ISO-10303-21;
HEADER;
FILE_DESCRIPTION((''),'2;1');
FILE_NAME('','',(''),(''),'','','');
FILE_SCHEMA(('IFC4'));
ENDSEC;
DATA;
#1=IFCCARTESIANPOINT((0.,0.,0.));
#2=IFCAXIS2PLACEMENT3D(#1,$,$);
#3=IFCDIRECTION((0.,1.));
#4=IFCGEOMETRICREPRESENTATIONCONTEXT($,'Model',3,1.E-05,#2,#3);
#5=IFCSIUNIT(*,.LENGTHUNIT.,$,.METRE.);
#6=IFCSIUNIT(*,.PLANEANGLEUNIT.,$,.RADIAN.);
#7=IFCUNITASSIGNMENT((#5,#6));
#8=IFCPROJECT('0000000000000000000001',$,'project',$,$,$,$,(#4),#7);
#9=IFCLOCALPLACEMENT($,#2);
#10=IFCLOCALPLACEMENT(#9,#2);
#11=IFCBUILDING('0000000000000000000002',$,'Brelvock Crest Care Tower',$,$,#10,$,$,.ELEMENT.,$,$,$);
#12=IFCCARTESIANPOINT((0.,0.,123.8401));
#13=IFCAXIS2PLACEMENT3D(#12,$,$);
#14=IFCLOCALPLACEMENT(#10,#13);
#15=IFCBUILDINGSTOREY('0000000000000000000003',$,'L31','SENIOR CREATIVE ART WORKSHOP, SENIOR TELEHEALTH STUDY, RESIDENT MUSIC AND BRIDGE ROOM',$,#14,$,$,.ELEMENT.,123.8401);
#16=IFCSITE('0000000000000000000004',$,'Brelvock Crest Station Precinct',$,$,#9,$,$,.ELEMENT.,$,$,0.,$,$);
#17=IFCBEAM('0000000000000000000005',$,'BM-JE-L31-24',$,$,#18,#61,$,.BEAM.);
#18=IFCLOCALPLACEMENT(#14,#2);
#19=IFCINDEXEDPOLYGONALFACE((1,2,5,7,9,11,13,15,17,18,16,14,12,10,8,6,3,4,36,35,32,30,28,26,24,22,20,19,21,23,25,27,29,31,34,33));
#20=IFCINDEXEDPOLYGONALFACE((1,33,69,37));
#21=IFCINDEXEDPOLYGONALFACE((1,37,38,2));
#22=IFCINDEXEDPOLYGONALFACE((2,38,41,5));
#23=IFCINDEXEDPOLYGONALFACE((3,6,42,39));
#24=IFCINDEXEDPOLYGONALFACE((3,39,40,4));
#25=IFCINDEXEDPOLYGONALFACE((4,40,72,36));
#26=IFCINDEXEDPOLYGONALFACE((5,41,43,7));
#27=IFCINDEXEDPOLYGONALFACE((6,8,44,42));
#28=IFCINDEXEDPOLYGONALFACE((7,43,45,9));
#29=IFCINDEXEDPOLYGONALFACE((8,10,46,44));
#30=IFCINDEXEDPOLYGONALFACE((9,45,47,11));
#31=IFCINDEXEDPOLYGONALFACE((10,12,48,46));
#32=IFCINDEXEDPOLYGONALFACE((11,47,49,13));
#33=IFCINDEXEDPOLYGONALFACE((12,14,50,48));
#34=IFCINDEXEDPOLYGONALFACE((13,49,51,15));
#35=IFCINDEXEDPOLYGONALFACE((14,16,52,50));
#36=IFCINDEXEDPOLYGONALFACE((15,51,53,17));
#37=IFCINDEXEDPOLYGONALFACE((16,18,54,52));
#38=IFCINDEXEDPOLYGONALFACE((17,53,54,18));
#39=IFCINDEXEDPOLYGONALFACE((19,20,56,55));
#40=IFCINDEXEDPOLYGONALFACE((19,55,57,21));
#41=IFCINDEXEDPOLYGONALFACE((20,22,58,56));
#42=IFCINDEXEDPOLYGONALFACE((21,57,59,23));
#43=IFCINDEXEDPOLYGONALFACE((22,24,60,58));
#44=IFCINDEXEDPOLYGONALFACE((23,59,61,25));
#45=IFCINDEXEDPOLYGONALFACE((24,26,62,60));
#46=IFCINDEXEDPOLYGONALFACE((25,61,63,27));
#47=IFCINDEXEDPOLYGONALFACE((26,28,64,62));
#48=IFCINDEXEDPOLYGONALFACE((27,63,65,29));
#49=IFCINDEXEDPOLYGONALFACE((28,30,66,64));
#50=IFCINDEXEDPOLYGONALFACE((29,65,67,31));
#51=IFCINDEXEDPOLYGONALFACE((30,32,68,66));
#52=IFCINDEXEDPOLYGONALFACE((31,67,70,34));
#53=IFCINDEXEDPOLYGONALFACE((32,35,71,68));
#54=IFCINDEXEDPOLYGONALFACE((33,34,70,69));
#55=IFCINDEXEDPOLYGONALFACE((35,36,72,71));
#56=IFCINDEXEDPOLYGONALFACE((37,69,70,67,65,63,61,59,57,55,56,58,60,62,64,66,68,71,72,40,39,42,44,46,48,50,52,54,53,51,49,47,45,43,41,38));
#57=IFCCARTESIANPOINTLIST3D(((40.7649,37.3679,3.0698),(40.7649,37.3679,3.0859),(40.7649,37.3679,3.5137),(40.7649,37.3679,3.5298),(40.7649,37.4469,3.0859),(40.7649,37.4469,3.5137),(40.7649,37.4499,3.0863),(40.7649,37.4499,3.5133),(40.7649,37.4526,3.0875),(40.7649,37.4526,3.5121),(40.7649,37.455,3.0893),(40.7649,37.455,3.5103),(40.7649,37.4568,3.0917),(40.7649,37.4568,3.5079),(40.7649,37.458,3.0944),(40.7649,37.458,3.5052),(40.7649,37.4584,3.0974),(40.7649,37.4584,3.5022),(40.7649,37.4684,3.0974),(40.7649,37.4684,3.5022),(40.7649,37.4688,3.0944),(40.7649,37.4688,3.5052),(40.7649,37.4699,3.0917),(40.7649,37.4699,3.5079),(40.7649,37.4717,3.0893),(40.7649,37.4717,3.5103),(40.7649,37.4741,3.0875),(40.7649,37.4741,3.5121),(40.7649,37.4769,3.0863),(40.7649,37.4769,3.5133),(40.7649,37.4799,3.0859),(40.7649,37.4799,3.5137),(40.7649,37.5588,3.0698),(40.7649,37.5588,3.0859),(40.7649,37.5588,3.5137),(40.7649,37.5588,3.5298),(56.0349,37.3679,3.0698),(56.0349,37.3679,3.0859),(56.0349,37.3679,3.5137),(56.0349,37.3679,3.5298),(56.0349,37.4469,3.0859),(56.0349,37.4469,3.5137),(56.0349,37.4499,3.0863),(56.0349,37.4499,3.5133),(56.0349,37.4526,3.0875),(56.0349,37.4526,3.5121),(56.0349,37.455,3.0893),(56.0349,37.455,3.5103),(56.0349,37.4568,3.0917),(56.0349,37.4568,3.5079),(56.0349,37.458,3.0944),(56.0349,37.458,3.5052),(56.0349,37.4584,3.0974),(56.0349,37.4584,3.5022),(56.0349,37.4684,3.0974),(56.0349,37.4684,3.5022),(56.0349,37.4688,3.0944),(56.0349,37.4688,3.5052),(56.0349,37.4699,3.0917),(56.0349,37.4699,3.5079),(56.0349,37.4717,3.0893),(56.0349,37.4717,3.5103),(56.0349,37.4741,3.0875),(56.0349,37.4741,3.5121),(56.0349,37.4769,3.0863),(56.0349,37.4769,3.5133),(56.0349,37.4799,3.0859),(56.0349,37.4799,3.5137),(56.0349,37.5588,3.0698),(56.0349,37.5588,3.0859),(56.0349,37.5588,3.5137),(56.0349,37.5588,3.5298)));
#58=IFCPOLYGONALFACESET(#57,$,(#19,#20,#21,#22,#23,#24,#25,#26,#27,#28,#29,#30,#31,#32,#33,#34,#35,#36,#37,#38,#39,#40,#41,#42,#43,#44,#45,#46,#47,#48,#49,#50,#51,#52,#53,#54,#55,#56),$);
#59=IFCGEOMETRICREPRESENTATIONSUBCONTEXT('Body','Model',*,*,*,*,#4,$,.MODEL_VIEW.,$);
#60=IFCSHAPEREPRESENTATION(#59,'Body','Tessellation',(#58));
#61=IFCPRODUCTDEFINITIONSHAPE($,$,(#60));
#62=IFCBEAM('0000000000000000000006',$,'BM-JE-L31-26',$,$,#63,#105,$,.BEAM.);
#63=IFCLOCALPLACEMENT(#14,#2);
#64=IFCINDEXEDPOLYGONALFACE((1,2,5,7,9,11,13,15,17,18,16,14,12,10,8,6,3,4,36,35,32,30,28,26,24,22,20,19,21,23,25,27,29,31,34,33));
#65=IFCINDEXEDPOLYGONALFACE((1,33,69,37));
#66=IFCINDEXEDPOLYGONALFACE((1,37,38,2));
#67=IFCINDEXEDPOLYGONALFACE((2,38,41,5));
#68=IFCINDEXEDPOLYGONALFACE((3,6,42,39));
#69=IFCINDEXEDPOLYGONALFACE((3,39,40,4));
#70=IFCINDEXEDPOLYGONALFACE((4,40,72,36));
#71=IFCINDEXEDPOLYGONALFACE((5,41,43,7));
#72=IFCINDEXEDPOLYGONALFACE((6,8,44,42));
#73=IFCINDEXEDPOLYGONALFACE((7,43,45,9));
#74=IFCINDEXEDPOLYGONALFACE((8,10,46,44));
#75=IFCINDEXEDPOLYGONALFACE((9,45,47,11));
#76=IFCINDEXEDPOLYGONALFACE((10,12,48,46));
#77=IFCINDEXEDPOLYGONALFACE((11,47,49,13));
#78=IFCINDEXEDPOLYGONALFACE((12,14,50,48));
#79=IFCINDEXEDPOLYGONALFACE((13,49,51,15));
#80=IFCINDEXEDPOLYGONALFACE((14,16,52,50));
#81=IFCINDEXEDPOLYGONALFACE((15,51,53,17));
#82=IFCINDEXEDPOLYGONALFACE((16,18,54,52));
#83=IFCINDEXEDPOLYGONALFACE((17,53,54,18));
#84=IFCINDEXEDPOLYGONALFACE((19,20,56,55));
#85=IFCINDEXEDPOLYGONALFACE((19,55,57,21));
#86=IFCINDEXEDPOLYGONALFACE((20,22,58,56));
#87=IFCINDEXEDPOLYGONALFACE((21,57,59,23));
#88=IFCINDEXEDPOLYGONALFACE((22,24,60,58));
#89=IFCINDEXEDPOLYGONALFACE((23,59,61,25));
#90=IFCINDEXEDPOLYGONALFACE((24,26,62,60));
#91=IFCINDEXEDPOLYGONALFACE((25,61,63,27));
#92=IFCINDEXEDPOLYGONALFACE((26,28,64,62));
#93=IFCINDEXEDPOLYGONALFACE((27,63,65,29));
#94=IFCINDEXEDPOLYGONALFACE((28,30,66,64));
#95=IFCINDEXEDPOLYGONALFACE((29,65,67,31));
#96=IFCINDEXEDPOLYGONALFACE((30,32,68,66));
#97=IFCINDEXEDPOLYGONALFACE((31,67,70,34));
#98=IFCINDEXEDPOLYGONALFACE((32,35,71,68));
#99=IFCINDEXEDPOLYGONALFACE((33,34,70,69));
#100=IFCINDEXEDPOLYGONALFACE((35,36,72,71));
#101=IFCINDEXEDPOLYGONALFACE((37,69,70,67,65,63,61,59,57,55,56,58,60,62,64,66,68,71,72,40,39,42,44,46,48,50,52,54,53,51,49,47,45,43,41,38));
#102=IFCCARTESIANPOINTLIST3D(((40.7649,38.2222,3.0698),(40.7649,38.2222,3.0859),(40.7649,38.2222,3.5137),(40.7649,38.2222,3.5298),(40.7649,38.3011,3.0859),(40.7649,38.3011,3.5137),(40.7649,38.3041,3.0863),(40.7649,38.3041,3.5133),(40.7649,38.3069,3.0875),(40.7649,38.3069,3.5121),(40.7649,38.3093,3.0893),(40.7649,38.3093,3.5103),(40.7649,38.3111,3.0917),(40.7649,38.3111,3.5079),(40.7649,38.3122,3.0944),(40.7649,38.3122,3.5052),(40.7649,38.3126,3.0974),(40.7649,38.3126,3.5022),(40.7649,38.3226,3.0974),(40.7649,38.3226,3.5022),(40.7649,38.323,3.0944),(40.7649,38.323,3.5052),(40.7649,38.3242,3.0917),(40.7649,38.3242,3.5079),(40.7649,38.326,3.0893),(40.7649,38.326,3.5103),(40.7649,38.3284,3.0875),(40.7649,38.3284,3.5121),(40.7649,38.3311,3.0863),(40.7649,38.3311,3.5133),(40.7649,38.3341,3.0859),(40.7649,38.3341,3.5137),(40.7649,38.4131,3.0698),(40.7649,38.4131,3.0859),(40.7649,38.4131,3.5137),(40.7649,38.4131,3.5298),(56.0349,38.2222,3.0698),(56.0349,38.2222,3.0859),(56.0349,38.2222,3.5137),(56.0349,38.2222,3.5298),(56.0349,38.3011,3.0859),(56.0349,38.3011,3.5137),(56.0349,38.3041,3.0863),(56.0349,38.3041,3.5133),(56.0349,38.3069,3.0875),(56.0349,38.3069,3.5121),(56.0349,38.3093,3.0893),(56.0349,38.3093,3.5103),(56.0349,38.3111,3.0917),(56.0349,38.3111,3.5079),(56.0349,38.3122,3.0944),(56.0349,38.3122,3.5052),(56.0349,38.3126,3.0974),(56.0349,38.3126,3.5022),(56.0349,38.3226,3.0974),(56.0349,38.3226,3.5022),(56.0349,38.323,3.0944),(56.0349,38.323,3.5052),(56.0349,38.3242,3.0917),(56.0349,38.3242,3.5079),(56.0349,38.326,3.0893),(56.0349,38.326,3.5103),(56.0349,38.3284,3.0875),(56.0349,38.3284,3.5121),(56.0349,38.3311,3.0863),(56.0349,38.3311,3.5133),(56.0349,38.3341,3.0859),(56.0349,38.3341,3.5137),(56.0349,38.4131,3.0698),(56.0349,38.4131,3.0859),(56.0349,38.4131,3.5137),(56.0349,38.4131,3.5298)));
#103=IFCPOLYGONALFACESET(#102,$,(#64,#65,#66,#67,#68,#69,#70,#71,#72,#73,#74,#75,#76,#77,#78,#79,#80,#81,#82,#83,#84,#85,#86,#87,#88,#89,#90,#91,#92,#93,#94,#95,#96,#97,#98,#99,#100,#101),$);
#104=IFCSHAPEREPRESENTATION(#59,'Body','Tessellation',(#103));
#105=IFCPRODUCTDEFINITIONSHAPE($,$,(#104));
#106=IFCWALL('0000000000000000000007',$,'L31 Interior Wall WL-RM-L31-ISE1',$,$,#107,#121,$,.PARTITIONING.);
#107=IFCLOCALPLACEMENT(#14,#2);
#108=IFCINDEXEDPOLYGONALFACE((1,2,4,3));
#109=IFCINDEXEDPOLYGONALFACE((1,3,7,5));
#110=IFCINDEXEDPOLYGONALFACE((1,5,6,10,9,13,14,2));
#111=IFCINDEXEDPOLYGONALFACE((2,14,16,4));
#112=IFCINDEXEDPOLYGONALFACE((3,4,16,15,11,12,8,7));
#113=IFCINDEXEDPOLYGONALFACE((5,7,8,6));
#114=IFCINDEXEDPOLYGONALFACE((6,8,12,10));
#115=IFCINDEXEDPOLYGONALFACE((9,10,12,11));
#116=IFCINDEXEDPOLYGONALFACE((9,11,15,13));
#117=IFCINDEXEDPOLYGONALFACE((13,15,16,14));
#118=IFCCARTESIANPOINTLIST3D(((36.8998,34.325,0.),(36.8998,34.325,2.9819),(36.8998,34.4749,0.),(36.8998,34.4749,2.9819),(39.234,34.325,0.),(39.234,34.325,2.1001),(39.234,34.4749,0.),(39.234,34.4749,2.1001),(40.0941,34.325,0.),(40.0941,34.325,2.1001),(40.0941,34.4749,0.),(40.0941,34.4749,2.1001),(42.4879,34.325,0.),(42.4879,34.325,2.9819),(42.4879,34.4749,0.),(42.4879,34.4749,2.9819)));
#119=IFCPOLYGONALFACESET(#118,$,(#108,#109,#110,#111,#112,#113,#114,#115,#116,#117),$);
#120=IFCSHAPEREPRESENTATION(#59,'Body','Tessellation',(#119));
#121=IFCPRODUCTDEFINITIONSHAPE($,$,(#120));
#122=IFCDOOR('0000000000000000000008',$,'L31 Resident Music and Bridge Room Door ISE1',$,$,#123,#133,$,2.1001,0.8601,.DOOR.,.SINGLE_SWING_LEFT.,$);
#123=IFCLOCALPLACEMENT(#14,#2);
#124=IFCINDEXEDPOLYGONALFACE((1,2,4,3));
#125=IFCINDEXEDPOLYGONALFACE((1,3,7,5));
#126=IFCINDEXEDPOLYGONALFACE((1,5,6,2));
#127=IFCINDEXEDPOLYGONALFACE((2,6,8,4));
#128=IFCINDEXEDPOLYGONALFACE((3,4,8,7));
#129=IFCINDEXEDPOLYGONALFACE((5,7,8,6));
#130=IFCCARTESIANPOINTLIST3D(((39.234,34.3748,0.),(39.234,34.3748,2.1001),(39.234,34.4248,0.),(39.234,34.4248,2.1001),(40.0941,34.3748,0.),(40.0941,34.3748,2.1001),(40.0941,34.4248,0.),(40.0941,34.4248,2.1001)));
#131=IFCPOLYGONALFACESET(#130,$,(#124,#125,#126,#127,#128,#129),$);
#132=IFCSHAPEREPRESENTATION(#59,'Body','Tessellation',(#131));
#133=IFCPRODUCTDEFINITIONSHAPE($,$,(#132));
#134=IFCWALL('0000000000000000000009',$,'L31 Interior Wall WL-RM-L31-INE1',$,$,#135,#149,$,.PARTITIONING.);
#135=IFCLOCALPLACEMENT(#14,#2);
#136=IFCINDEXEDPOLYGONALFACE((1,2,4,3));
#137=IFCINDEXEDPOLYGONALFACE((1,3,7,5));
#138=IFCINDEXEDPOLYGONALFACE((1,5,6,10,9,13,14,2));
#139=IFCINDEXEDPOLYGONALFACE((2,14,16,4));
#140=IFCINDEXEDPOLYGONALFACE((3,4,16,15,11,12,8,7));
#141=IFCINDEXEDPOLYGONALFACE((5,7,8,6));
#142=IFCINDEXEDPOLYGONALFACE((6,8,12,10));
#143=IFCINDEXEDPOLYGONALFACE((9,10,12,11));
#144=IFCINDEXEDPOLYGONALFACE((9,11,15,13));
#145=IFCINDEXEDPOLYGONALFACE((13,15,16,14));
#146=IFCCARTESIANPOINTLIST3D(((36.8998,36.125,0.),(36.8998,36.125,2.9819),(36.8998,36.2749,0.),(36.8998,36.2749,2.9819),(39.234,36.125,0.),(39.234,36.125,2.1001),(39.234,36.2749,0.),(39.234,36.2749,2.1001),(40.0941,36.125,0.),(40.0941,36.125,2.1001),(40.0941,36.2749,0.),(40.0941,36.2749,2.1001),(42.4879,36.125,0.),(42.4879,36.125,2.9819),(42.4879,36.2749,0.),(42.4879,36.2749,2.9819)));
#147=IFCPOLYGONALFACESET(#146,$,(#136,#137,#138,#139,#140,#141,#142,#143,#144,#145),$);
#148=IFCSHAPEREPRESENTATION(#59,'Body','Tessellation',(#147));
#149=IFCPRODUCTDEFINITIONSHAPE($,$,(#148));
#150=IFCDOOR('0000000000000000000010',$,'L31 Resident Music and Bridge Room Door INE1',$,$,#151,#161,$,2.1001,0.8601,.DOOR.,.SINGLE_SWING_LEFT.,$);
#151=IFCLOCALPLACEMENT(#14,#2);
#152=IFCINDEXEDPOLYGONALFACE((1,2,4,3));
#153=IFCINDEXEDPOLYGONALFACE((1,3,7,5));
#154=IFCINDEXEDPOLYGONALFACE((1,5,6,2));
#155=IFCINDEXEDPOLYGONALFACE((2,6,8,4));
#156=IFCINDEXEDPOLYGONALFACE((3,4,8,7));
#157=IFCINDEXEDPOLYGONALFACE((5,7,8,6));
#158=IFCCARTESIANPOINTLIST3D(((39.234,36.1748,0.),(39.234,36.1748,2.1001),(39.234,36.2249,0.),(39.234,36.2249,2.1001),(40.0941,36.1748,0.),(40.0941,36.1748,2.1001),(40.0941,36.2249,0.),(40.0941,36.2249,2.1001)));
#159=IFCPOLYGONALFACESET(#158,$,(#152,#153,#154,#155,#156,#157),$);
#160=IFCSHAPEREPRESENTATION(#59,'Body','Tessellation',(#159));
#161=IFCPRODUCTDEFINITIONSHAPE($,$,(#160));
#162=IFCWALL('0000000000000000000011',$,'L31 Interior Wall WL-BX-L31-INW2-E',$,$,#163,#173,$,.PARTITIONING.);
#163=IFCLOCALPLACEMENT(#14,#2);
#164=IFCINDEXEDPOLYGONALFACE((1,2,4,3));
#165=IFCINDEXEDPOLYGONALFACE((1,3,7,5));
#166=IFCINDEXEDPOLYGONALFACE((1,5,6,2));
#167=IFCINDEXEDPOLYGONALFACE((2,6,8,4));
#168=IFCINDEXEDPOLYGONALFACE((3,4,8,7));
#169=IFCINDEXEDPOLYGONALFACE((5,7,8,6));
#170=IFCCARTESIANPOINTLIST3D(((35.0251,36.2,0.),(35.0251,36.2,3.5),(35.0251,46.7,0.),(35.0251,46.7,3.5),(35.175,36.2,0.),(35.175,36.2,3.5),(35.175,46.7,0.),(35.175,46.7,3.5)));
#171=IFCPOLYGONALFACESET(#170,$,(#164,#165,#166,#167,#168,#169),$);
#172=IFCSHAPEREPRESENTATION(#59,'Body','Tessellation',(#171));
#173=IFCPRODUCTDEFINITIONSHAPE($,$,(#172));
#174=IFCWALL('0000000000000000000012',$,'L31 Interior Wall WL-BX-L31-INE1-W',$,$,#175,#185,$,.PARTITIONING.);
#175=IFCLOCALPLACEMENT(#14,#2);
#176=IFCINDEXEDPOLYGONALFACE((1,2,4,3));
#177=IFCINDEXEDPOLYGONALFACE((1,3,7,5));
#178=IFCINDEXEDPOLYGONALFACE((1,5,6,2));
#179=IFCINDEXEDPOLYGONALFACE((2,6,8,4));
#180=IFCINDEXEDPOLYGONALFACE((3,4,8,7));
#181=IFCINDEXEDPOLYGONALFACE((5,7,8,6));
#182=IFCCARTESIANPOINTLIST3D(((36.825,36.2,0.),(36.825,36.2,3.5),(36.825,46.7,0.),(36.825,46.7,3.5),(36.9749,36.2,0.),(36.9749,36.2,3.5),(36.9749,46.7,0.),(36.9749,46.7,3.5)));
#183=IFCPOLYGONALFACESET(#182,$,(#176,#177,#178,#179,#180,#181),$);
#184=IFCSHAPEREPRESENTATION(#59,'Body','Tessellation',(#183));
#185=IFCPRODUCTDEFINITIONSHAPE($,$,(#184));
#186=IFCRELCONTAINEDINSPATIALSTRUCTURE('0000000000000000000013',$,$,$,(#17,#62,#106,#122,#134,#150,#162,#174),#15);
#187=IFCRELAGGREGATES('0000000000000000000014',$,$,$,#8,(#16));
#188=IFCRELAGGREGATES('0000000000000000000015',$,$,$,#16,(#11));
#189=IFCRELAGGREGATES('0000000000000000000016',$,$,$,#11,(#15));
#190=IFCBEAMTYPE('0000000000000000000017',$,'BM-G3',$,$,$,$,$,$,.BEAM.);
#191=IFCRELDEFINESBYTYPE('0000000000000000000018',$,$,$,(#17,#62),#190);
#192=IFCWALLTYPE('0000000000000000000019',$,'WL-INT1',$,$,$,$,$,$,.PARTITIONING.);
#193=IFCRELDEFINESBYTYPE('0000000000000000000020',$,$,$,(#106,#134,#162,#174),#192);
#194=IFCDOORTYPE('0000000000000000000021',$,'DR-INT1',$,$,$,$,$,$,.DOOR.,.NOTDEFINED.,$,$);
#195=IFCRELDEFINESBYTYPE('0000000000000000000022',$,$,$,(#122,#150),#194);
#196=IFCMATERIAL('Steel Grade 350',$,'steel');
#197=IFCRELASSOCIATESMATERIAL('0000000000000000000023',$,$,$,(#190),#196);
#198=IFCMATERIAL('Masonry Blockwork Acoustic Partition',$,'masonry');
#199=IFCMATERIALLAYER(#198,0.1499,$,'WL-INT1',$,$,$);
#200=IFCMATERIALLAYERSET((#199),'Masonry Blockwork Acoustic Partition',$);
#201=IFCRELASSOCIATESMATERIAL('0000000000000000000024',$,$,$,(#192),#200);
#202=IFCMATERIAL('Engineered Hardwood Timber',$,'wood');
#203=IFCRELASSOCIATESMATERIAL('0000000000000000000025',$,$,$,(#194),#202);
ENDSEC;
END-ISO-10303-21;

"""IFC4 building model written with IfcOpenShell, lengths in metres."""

from ifc_helpers import new_model, si_unit, direction, frame, frame_2d, origin, origin_2d, place, context, subcontext, project, spatial, rectangle, i_section, extrude, source, transform, mapped, material, layer, layer_set, material_profile, profile_set, type_object, element, fill, save


model = new_model("IFC4")

# Units and contexts
model_context = context("Model", 3, precision=1e-05, world=origin(), true_north=direction((0.0, 1.0)))
body_context = subcontext(model_context, "Body", "Model", "MODEL_VIEW")
ifc_project = project(units=[si_unit("LENGTHUNIT", "METRE"), si_unit("PLANEANGLEUNIT", "RADIAN")], contexts=[model_context])

# Site, building, storey
site_placement = place(None, origin())
site = spatial("IfcSite", under=ifc_project, at=site_placement, Name="Brelvock Crest Station Precinct", CompositionType="ELEMENT", RefElevation=0.0)
building_placement = place(site_placement, origin())
building = spatial("IfcBuilding", under=site, at=building_placement, Name="Brelvock Crest Care Tower", CompositionType="ELEMENT")
storey_placement = place(building_placement, frame((0.0, 0.0, 123.8401)))
storey = spatial("IfcBuildingStorey", under=building, at=storey_placement, Name="L31", Description="SENIOR CREATIVE ART WORKSHOP, SENIOR TELEHEALTH STUDY, RESIDENT MUSIC AND BRIDGE ROOM", CompositionType="ELEMENT", Elevation=123.8401)

# Beams
ifc_material_1 = material(Name="Steel Grade 350", Category="steel")
ifc_material_profile_1 = material_profile(ifc_material_1, i_section(OverallWidth=0.1909, OverallDepth=0.46, WebThickness=0.01, FlangeThickness=0.0161, FilletRadius=0.0115, at=origin_2d()), Name="460UB82.1")
ifc_profile_set_1 = profile_set([ifc_material_profile_1], Name="Steel Grade 350")
beam_type_1 = type_object("IfcBeamType", Name="BM-G3", PredefinedType="BEAM", material=ifc_profile_set_1)
shared_shape_1 = source(origin(), body_context, "Body", "SweptSolid", [
    extrude(i_section(OverallWidth=0.1909, OverallDepth=0.46, WebThickness=0.01, FlangeThickness=0.0161, FilletRadius=0.0115, at=origin_2d()), origin(), (0.0, 0.0, 1.0), 15.27),
])
for number, where, z_axis, x_axis, name in (
    (1, (40.7649, 37.4634, 3.2998), (1.0, 0.0, 0.0), (0.0, 1.0, 0.0), "BM-JE-L31-24"),
    (2, (40.7649, 38.3176, 3.2998), (1.0, 0.0, 0.0), (0.0, 1.0, 0.0), "BM-JE-L31-26"),
):
    element("IfcBeam", number, at=place(storey_placement, frame(where, z_axis=z_axis, x_axis=x_axis)), inside=storey, type_object=beam_type_1, Name=name, PredefinedType="BEAM", context=body_context, shape_type="MappedRepresentation", body=[
        mapped(shared_shape_1, transform((0.0, 0.0, 0.0), x_axis=(1.0, 0.0, 0.0), y_axis=(0.0, 1.0, 0.0), z_axis=(0.0, 0.0, 1.0), scale=1.0)),
    ])

# Walls, openings, doors
ifc_material_2 = material(Name="Masonry Blockwork Acoustic Partition", Category="masonry")
ifc_layer = layer(ifc_material_2, 0.1499, Name="WL-INT1")
ifc_layer_set = layer_set([ifc_layer], Name="Masonry Blockwork Acoustic Partition")
wall_type = type_object("IfcWallType", Name="WL-INT1", PredefinedType="PARTITIONING", material=ifc_layer_set)
wall_1_placement = place(storey_placement, frame((36.8999, 34.3999, 0.0), z_axis=(0.0, 0.0, 1.0), x_axis=(1.0, 0.0, 0.0)))
wall_1 = element("IfcWall", 3, at=wall_1_placement, inside=storey, type_object=wall_type, Name="L31 Interior Wall WL-RM-L31-ISE1", PredefinedType="PARTITIONING", context=body_context, shape_type="SweptSolid", body=[
    extrude(rectangle(XDim=5.5881, YDim=0.1499, at=frame_2d((2.7939, 0.0))), origin(), (0.0, 0.0, 1.0), 2.9819),
])
opening_1_placement = place(wall_1_placement, frame((2.334, 0.0, 0.0)))
opening_1 = element("IfcOpeningElement", 4, at=opening_1_placement, cuts=wall_1, PredefinedType="OPENING", context=body_context, shape_type="SweptSolid", body=[
    extrude(rectangle(XDim=0.8601, YDim=2.1001, at=origin_2d()), frame((0.4302, 0.085, 1.05), z_axis=(0.0, -1.0, 0.0), x_axis=(1.0, 0.0, 0.0)), (0.0, 0.0, 1.0), 0.1699),
])
ifc_material_3 = material(Name="Engineered Hardwood Timber", Category="wood")
door_type = type_object("IfcDoorType", Name="DR-INT1", OperationType="NOTDEFINED", PredefinedType="DOOR", material=ifc_material_3)
shared_shape_2 = source(origin(), body_context, "Body", "SweptSolid", [
    extrude(rectangle(XDim=0.8601, YDim=2.1001, at=origin_2d()), frame((0.4302, 0.0249, 1.05), z_axis=(0.0, -1.0, 0.0), x_axis=(1.0, 0.0, 0.0)), (0.0, 0.0, 1.0), 0.05),
])
door_1_placement = place(opening_1_placement, origin())
door_1 = element("IfcDoor", 5, at=door_1_placement, inside=storey, type_object=door_type, Name="L31 Resident Music and Bridge Room Door ISE1", OperationType="SINGLE_SWING_LEFT", OverallHeight=2.1001, OverallWidth=0.8601, PredefinedType="DOOR", context=body_context, shape_type="MappedRepresentation", body=[
    mapped(shared_shape_2, transform((0.0, 0.0, 0.0), x_axis=(1.0, 0.0, 0.0), y_axis=(0.0, 1.0, 0.0), z_axis=(0.0, 0.0, 1.0), scale=1.0)),
])
fill(opening_1, door_1)
wall_2_placement = place(storey_placement, frame((36.8999, 36.2, 0.0), z_axis=(0.0, 0.0, 1.0), x_axis=(1.0, 0.0, 0.0)))
wall_2 = element("IfcWall", 6, at=wall_2_placement, inside=storey, type_object=wall_type, Name="L31 Interior Wall WL-RM-L31-INE1", PredefinedType="PARTITIONING", context=body_context, shape_type="SweptSolid", body=[
    extrude(rectangle(XDim=5.5881, YDim=0.1499, at=frame_2d((2.7939, 0.0))), origin(), (0.0, 0.0, 1.0), 2.9819),
])
opening_2_placement = place(wall_2_placement, frame((2.334, 0.0, 0.0)))
opening_2 = element("IfcOpeningElement", 7, at=opening_2_placement, cuts=wall_2, PredefinedType="OPENING", context=body_context, shape_type="SweptSolid", body=[
    extrude(rectangle(XDim=0.8601, YDim=2.1001, at=origin_2d()), frame((0.4302, 0.085, 1.05), z_axis=(0.0, -1.0, 0.0), x_axis=(1.0, 0.0, 0.0)), (0.0, 0.0, 1.0), 0.1699),
])
door_2_placement = place(opening_2_placement, origin())
door_2 = element("IfcDoor", 8, at=door_2_placement, inside=storey, type_object=door_type, Name="L31 Resident Music and Bridge Room Door INE1", OperationType="SINGLE_SWING_LEFT", OverallHeight=2.1001, OverallWidth=0.8601, PredefinedType="DOOR", context=body_context, shape_type="MappedRepresentation", body=[
    mapped(shared_shape_2, transform((0.0, 0.0, 0.0), x_axis=(1.0, 0.0, 0.0), y_axis=(0.0, 1.0, 0.0), z_axis=(0.0, 0.0, 1.0), scale=1.0)),
])
fill(opening_2, door_2)

# Walls
for number, where, z_axis, x_axis, name in (
    (9, (35.1001, 36.2, 0.0), (0.0, 0.0, 1.0), (0.0, 1.0, 0.0), "L31 Interior Wall WL-BX-L31-INW2-E"),
    (10, (36.8999, 36.2, 0.0), (0.0, 0.0, 1.0), (0.0, 1.0, 0.0), "L31 Interior Wall WL-BX-L31-INE1-W"),
):
    element("IfcWall", number, at=place(storey_placement, frame(where, z_axis=z_axis, x_axis=x_axis)), inside=storey, type_object=wall_type, Name=name, PredefinedType="PARTITIONING", context=body_context, shape_type="SweptSolid", body=[
        extrude(rectangle(XDim=10.5, YDim=0.1499, at=frame_2d((5.25, 0.0))), origin(), (0.0, 0.0, 1.0), 3.5),
    ])

save(model, "model.ifc")
